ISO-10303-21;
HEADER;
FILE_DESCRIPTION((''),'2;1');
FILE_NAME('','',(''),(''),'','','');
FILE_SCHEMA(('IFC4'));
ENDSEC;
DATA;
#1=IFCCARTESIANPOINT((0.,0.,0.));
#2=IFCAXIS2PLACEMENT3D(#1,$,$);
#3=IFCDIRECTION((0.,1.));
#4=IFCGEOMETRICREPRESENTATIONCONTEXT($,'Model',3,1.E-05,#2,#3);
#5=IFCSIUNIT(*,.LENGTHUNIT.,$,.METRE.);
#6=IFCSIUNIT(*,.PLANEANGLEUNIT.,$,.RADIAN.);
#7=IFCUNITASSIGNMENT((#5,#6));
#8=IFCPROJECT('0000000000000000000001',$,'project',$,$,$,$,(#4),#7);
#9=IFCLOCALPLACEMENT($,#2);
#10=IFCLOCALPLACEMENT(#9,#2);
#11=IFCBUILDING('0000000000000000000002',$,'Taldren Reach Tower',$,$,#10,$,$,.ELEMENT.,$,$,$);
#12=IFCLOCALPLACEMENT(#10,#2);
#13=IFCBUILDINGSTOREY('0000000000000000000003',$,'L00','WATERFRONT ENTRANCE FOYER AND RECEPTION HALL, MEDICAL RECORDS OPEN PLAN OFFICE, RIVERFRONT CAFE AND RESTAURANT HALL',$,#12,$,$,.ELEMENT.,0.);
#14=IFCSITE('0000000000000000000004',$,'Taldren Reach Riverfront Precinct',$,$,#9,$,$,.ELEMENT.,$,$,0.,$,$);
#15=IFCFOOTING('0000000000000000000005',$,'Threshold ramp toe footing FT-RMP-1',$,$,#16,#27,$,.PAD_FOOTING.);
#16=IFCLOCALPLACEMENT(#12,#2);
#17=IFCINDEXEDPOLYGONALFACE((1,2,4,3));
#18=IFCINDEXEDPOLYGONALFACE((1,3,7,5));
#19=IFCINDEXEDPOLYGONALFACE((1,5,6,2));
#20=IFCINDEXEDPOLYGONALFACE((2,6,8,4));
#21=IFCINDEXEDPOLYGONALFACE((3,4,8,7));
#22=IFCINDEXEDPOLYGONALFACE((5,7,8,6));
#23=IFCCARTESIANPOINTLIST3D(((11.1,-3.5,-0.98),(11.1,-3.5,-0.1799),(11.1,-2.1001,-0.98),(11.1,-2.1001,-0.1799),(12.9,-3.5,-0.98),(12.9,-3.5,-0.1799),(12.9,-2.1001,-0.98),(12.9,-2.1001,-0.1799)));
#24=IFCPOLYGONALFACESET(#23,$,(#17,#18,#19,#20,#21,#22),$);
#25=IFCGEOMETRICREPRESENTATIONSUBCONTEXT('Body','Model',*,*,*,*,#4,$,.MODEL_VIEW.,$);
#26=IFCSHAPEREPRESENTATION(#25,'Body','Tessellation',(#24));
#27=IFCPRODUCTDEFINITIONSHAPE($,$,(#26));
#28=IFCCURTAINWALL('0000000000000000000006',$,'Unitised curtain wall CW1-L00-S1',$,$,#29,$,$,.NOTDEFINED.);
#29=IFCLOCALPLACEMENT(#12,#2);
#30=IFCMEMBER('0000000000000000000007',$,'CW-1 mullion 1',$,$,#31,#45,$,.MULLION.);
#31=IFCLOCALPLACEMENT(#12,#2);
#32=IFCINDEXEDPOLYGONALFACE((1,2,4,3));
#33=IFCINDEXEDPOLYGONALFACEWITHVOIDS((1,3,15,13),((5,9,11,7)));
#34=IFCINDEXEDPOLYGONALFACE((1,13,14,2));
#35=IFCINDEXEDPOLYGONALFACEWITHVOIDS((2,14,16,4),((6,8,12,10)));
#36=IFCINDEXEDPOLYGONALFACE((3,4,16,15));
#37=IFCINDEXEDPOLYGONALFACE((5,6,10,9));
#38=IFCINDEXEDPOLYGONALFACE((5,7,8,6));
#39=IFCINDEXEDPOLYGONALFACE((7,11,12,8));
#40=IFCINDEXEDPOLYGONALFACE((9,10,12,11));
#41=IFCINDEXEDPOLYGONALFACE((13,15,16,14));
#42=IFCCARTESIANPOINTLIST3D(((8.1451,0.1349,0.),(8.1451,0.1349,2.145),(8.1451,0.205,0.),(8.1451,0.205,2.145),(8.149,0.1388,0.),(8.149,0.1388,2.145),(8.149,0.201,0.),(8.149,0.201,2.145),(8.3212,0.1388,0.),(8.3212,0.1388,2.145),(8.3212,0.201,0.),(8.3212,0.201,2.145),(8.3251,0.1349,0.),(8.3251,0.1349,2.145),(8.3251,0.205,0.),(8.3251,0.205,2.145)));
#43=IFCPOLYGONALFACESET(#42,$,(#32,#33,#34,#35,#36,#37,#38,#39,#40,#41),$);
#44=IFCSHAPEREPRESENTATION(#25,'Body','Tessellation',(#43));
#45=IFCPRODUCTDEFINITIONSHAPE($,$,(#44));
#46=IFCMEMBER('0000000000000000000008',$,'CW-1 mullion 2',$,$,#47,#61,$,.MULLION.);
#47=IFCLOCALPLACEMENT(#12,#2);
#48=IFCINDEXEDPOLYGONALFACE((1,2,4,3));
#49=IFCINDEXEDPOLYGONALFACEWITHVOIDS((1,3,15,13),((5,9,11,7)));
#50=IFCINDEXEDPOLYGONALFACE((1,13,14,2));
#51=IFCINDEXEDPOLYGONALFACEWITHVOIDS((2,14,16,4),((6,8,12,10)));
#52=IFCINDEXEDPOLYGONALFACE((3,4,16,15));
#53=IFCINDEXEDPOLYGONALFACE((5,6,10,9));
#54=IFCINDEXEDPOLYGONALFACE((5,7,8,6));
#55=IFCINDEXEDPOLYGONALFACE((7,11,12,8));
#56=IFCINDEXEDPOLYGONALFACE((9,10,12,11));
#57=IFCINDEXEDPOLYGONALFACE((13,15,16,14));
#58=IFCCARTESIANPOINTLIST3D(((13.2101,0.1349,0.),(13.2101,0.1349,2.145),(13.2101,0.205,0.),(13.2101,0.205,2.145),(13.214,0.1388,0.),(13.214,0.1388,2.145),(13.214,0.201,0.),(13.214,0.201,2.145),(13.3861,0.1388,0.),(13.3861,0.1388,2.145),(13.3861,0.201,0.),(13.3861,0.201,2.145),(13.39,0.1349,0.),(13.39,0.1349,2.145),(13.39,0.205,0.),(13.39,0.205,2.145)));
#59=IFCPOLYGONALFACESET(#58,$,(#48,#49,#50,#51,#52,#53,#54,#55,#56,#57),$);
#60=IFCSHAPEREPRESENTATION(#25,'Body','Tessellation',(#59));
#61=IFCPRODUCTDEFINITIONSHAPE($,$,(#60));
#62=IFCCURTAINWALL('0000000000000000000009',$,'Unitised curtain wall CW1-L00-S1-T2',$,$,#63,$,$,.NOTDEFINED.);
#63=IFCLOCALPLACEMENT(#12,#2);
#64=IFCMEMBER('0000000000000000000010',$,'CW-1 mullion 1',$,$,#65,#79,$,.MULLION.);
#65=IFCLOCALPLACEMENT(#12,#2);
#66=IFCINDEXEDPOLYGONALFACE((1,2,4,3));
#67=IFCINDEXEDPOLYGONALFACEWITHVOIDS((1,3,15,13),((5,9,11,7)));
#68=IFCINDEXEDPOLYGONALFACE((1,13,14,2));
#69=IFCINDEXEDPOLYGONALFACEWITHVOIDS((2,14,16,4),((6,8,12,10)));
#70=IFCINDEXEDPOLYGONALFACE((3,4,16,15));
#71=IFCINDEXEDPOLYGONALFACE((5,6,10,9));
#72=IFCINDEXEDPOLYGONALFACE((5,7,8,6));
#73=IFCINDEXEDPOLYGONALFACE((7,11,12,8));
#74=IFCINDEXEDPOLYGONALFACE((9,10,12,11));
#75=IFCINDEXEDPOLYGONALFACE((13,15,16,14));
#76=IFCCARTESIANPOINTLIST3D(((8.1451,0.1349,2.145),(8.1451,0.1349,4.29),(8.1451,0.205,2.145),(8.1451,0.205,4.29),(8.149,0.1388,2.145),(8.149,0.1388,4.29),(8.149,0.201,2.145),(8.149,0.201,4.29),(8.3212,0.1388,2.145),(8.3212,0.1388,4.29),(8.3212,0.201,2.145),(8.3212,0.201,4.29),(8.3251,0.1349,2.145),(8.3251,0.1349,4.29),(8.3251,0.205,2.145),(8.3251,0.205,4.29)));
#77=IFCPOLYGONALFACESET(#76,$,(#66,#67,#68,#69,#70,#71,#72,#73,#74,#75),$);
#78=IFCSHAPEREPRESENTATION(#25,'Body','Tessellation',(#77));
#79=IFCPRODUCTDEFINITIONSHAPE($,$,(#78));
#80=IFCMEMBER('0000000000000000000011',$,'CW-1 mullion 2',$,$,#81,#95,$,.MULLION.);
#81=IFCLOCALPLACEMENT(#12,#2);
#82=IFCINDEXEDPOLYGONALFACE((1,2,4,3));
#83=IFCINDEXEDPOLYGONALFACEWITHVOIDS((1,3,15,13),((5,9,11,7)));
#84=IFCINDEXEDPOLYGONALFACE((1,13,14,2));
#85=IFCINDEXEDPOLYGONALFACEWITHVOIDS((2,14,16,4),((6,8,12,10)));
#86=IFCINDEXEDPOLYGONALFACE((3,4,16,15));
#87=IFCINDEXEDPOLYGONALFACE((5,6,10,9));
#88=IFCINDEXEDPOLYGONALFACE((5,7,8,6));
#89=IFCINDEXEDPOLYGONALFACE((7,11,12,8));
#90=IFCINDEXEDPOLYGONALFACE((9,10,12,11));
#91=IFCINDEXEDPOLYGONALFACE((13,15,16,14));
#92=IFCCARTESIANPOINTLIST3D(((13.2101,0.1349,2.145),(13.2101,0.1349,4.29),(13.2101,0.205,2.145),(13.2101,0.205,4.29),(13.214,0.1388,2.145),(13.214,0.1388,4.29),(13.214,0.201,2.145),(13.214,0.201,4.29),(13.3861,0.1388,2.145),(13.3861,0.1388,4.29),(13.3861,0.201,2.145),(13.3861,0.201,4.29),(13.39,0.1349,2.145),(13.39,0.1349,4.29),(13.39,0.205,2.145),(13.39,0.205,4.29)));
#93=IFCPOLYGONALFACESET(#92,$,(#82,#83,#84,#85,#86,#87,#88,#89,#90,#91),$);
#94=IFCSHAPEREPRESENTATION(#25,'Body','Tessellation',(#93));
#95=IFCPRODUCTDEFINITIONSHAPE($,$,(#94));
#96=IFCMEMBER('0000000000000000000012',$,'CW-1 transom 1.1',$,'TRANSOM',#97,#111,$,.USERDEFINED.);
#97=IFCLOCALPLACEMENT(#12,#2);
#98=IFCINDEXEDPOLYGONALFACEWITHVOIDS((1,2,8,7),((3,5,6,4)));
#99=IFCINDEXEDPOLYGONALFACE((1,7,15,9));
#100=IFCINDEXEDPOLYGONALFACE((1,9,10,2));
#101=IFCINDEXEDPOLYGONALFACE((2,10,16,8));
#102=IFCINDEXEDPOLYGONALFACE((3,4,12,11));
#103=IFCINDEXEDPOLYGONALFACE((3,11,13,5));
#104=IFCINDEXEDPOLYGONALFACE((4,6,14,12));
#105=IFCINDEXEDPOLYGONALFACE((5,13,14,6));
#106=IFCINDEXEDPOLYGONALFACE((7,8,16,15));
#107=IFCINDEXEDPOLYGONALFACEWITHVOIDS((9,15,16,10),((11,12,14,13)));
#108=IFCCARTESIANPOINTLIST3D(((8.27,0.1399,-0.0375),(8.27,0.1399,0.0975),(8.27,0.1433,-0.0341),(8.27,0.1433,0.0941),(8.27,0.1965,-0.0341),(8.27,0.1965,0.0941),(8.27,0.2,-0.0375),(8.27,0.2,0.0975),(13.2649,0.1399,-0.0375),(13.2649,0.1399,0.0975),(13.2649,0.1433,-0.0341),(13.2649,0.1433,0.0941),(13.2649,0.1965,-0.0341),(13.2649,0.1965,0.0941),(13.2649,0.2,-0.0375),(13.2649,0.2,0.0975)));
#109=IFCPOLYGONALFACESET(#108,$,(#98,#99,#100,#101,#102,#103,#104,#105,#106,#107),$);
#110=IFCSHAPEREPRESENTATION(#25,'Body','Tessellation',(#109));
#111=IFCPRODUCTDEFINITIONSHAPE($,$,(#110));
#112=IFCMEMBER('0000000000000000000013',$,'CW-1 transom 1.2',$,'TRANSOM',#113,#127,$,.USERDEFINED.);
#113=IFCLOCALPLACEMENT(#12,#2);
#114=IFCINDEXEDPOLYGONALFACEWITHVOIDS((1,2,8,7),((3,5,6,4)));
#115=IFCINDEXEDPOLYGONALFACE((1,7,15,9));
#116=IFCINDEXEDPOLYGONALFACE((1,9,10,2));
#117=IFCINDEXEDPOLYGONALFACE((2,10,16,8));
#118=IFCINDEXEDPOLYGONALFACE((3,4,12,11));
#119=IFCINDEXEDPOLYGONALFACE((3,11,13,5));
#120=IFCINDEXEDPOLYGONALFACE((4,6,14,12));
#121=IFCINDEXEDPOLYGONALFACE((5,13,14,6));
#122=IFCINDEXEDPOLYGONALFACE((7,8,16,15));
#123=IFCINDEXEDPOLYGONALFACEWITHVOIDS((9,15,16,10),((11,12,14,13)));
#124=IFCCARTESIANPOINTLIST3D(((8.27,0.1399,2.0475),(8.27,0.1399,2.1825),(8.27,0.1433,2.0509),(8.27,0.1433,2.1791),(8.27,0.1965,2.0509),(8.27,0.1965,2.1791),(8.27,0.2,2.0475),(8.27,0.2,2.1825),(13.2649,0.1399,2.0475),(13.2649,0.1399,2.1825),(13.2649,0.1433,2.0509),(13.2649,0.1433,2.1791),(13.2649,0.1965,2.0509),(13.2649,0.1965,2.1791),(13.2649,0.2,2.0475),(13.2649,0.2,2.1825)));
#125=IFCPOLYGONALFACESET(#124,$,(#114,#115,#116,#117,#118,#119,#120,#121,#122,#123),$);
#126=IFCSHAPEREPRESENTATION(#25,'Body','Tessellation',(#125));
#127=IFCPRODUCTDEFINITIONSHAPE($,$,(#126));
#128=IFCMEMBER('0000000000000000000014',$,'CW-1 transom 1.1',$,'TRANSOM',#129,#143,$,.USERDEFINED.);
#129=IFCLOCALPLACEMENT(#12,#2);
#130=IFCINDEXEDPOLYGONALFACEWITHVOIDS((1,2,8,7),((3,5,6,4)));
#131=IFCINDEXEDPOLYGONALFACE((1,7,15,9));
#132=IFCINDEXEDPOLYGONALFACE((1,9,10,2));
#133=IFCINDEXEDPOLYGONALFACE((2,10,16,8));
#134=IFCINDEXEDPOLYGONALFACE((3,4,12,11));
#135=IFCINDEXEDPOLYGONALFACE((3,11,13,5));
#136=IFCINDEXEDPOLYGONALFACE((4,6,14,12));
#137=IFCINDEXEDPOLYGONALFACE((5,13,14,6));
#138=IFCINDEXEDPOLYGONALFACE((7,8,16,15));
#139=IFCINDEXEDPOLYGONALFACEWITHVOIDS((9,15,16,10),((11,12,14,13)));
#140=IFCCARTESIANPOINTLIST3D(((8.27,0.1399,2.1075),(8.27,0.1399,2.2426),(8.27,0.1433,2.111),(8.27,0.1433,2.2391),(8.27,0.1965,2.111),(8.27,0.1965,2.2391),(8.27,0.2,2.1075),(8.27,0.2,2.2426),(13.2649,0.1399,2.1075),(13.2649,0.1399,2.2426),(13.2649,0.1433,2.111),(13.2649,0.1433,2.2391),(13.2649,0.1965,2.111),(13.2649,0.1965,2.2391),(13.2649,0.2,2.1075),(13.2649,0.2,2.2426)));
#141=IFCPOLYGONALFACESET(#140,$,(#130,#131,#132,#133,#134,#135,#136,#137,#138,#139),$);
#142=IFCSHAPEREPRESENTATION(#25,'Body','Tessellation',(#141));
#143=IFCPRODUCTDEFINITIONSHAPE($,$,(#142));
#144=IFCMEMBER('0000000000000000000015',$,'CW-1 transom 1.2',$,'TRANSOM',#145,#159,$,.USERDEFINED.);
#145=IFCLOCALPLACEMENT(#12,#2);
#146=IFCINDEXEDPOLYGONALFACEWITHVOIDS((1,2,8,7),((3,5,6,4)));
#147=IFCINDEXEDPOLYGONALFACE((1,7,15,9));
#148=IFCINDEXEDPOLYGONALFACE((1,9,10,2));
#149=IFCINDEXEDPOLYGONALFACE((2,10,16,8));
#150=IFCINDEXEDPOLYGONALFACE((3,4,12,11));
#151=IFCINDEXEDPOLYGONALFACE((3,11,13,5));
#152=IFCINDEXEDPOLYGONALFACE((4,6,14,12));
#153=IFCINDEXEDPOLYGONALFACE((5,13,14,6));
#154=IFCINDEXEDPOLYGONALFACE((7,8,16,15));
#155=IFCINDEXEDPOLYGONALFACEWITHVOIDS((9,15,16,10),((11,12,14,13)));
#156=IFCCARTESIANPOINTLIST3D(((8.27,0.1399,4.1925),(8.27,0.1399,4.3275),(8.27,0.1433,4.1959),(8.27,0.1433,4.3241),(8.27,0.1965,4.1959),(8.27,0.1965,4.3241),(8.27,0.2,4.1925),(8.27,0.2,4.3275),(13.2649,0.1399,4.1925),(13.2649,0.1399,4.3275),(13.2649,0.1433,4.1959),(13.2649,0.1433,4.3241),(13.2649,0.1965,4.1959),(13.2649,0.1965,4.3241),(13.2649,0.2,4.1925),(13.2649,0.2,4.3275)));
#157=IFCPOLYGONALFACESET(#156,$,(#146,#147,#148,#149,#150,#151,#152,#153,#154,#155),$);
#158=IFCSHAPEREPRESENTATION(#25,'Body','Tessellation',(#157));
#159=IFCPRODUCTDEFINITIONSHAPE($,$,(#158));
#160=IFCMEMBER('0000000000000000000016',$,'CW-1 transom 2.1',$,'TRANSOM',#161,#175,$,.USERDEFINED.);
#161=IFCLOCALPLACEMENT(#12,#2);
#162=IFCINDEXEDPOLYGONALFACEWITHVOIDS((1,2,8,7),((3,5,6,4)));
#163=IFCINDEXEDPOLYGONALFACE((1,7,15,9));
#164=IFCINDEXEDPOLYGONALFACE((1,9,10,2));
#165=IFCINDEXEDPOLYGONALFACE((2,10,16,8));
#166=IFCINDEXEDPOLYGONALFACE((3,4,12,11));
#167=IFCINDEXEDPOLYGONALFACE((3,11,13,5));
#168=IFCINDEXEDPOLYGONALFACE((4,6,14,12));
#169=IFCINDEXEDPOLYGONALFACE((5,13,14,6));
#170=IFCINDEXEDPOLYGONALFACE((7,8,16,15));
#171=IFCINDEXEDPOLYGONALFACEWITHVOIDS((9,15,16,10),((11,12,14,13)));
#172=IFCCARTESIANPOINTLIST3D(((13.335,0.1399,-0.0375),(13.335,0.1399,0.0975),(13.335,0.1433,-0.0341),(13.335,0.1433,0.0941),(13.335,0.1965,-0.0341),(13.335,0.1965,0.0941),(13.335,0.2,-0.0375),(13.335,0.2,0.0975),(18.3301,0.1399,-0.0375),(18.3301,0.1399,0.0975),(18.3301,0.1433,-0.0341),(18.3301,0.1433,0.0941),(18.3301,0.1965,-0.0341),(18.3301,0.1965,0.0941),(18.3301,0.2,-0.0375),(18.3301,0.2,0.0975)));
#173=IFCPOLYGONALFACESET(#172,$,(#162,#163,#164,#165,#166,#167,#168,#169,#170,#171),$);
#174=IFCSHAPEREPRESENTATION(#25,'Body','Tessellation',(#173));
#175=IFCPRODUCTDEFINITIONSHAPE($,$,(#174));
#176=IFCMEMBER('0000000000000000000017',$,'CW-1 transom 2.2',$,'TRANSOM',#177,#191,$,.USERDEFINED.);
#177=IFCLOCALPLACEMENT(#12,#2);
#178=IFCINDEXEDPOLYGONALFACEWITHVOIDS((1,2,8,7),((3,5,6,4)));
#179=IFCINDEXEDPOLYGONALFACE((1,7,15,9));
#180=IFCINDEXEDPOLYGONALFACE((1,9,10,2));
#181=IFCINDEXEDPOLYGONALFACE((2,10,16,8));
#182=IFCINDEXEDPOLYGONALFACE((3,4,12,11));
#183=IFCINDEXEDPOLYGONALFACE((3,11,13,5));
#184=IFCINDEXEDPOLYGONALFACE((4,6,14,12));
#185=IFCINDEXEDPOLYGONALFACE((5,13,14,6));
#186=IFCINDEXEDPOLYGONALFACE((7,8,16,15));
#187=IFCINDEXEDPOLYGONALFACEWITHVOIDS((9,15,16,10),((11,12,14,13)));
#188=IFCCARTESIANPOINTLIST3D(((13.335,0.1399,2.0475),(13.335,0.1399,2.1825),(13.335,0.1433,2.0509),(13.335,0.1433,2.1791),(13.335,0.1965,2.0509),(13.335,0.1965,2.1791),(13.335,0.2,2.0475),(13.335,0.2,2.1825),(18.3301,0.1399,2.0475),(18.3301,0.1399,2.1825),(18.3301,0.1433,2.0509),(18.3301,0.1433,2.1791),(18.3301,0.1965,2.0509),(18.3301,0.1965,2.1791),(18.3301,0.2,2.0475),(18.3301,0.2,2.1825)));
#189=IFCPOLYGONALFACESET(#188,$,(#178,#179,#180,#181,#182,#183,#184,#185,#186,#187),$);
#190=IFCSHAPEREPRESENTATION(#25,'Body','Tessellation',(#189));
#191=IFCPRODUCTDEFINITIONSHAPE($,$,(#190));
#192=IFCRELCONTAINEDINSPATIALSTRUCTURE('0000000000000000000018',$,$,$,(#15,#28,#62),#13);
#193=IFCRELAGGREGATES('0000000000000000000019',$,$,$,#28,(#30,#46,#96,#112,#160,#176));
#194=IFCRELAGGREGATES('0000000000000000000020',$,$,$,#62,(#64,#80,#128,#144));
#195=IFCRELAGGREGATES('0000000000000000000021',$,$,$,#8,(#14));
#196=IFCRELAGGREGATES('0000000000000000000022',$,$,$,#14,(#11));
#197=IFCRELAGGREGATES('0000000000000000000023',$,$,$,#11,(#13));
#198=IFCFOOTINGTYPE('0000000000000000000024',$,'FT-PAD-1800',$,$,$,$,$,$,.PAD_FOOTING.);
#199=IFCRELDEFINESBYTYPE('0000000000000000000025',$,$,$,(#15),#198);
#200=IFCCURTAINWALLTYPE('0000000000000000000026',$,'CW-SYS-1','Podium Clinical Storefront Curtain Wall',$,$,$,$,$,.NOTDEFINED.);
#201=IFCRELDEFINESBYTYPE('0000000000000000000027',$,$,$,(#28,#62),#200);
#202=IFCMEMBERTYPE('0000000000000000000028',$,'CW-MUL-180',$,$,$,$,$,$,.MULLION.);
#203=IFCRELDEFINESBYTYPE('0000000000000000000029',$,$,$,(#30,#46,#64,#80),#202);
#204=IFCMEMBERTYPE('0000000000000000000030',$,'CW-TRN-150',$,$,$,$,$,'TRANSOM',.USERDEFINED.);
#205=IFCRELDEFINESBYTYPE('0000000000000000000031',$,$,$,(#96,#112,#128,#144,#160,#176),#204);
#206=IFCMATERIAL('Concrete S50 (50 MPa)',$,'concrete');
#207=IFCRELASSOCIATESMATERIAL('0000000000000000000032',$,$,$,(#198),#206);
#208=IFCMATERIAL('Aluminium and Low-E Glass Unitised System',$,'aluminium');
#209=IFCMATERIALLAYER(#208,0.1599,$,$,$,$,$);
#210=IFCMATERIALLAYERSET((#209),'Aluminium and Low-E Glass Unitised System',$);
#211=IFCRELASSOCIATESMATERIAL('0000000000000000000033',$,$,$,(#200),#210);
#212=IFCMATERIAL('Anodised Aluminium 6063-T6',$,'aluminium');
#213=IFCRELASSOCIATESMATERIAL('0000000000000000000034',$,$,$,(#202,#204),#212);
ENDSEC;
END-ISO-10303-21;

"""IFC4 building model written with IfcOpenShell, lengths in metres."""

from ifc_helpers import new_model, si_unit, direction, frame, origin, origin_2d, place, context, subcontext, project, spatial, rectangle, hollow_rectangle, extrude, source, transform, mapped, material, layer, layer_set, material_profile, profile_set, type_object, element, aggregate, save


model = new_model("IFC4")

# Units and contexts
model_context = context("Model", 3, precision=1e-05, world=origin(), true_north=direction((0.0, 1.0)))
body_context = subcontext(model_context, "Body", "Model", "MODEL_VIEW")
ifc_project = project(units=[si_unit("LENGTHUNIT", "METRE"), si_unit("PLANEANGLEUNIT", "RADIAN")], contexts=[model_context])

# Site, building, storey
site_placement = place(None, origin())
site = spatial("IfcSite", under=ifc_project, at=site_placement, Name="Taldren Reach Riverfront Precinct", CompositionType="ELEMENT", RefElevation=0.0)
building_placement = place(site_placement, origin())
building = spatial("IfcBuilding", under=site, at=building_placement, Name="Taldren Reach Tower", CompositionType="ELEMENT")
storey_placement = place(building_placement, origin())
storey = spatial("IfcBuildingStorey", under=building, at=storey_placement, Name="L00", Description="WATERFRONT ENTRANCE FOYER AND RECEPTION HALL, MEDICAL RECORDS OPEN PLAN OFFICE, RIVERFRONT CAFE AND RESTAURANT HALL", CompositionType="ELEMENT", Elevation=0.0)

# Footing
ifc_material_1 = material(Name="Concrete S50 (50 MPa)", Category="concrete")
footing_type = type_object("IfcFootingType", Name="FT-PAD-1800", PredefinedType="PAD_FOOTING", material=ifc_material_1)
shared_shape_1 = source(origin(), body_context, "Body", "SweptSolid", [
    extrude(rectangle(XDim=1.8, YDim=1.3999, at=origin_2d()), origin(), (0.0, 0.0, 1.0), 0.8),
])
footing_placement = place(storey_placement, frame((12.0, -2.8, -0.98), z_axis=(0.0, 0.0, 1.0), x_axis=(1.0, 0.0, 0.0)))
element("IfcFooting", 1, at=footing_placement, inside=storey, type_object=footing_type, Name="Threshold ramp toe footing FT-RMP-1", PredefinedType="PAD_FOOTING", context=body_context, shape_type="MappedRepresentation", body=[
    mapped(shared_shape_1, transform((0.0, 0.0, 0.0), scale=1.0)),
])

# Curtain walls, members
ifc_material_2 = material(Name="Aluminium and Low-E Glass Unitised System", Category="aluminium")
ifc_layer_1 = layer(ifc_material_2, 0.1599)
ifc_layer_set_1 = layer_set([ifc_layer_1], Name="Aluminium and Low-E Glass Unitised System")
curtain_wall_type = type_object("IfcCurtainWallType", Name="CW-SYS-1", Description="Podium Clinical Storefront Curtain Wall", PredefinedType="NOTDEFINED", material=ifc_layer_set_1)
curtain_wall_1_placement = place(storey_placement, origin())
curtain_wall_1 = element("IfcCurtainWall", 2, at=curtain_wall_1_placement, inside=storey, type_object=curtain_wall_type, Name="Unitised curtain wall CW1-L00-S1", PredefinedType="NOTDEFINED")
ifc_material_3 = material(Name="Anodised Aluminium 6063-T6", Category="aluminium")
ifc_material_profile_1 = material_profile(ifc_material_3, hollow_rectangle(XDim=0.0701, YDim=0.1799, WallThickness=0.0039, at=origin_2d()), Name="ALU-180x70x4RHS")
ifc_profile_set_1 = profile_set([ifc_material_profile_1], Name="Anodised Aluminium 6063-T6")
member_type_1 = type_object("IfcMemberType", Name="CW-MUL-180", PredefinedType="MULLION", material=ifc_profile_set_1)
shared_shape_2 = source(origin(), body_context, "Body", "SweptSolid", [
    extrude(hollow_rectangle(XDim=0.0701, YDim=0.1799, WallThickness=0.0039, at=origin_2d()), origin(), (0.0, 0.0, 1.0), 2.145),
])
member_1_placement = place(storey_placement, frame((8.2351, 0.1699, 0.0), z_axis=(0.0, 0.0, 1.0), x_axis=(0.0, 1.0, 0.0)))
member_1 = element("IfcMember", 3, at=member_1_placement, type_object=member_type_1, Name="CW-1 mullion 1", PredefinedType="MULLION", context=body_context, shape_type="MappedRepresentation", body=[
    mapped(shared_shape_2, transform((0.0, 0.0, 0.0), scale=1.0)),
])
member_2_placement = place(storey_placement, frame((13.3, 0.1699, 0.0), z_axis=(0.0, 0.0, 1.0), x_axis=(0.0, 1.0, 0.0)))
member_2 = element("IfcMember", 4, at=member_2_placement, type_object=member_type_1, Name="CW-1 mullion 2", PredefinedType="MULLION", context=body_context, shape_type="MappedRepresentation", body=[
    mapped(shared_shape_2, transform((0.0, 0.0, 0.0), scale=1.0)),
])
curtain_wall_2_placement = place(storey_placement, origin())
curtain_wall_2 = element("IfcCurtainWall", 5, at=curtain_wall_2_placement, inside=storey, type_object=curtain_wall_type, Name="Unitised curtain wall CW1-L00-S1-T2", PredefinedType="NOTDEFINED")
member_3_placement = place(storey_placement, frame((8.2351, 0.1699, 2.145), z_axis=(0.0, 0.0, 1.0), x_axis=(0.0, 1.0, 0.0)))
member_3 = element("IfcMember", 6, at=member_3_placement, type_object=member_type_1, Name="CW-1 mullion 1", PredefinedType="MULLION", context=body_context, shape_type="MappedRepresentation", body=[
    mapped(shared_shape_2, transform((0.0, 0.0, 0.0), scale=1.0)),
])
member_4_placement = place(storey_placement, frame((13.3, 0.1699, 2.145), z_axis=(0.0, 0.0, 1.0), x_axis=(0.0, 1.0, 0.0)))
member_4 = element("IfcMember", 7, at=member_4_placement, type_object=member_type_1, Name="CW-1 mullion 2", PredefinedType="MULLION", context=body_context, shape_type="MappedRepresentation", body=[
    mapped(shared_shape_2, transform((0.0, 0.0, 0.0), scale=1.0)),
])

# Members
ifc_material_profile_2 = material_profile(ifc_material_3, hollow_rectangle(XDim=0.0601, YDim=0.135, WallThickness=0.0034, at=origin_2d()), Name="ALU-135x60x3.5RHS")
ifc_profile_set_2 = profile_set([ifc_material_profile_2], Name="Anodised Aluminium 6063-T6")
member_type_2 = type_object("IfcMemberType", Name="CW-TRN-150", ElementType="TRANSOM", PredefinedType="USERDEFINED", material=ifc_profile_set_2)
shared_shape_3 = source(origin(), body_context, "Body", "SweptSolid", [
    extrude(hollow_rectangle(XDim=0.0601, YDim=0.135, WallThickness=0.0034, at=origin_2d()), origin(), (0.0, 0.0, 1.0), 4.9949),
])
member_5_placement = place(storey_placement, frame((8.27, 0.1699, 0.03), z_axis=(1.0, 0.0, 0.0), x_axis=(0.0, 1.0, 0.0)))
member_5 = element("IfcMember", 8, at=member_5_placement, type_object=member_type_2, Name="CW-1 transom 1.1", ObjectType="TRANSOM", PredefinedType="USERDEFINED", context=body_context, shape_type="MappedRepresentation", body=[
    mapped(shared_shape_3, transform((0.0, 0.0, 0.0), scale=1.0)),
])
member_6_placement = place(storey_placement, frame((8.27, 0.1699, 2.115), z_axis=(1.0, 0.0, 0.0), x_axis=(0.0, 1.0, 0.0)))
member_6 = element("IfcMember", 9, at=member_6_placement, type_object=member_type_2, Name="CW-1 transom 1.2", ObjectType="TRANSOM", PredefinedType="USERDEFINED", context=body_context, shape_type="MappedRepresentation", body=[
    mapped(shared_shape_3, transform((0.0, 0.0, 0.0), scale=1.0)),
])
member_7_placement = place(storey_placement, frame((8.27, 0.1699, 2.175), z_axis=(1.0, 0.0, 0.0), x_axis=(0.0, 1.0, 0.0)))
member_7 = element("IfcMember", 10, at=member_7_placement, type_object=member_type_2, Name="CW-1 transom 1.1", ObjectType="TRANSOM", PredefinedType="USERDEFINED", context=body_context, shape_type="MappedRepresentation", body=[
    mapped(shared_shape_3, transform((0.0, 0.0, 0.0), scale=1.0)),
])
member_8_placement = place(storey_placement, frame((8.27, 0.1699, 4.26), z_axis=(1.0, 0.0, 0.0), x_axis=(0.0, 1.0, 0.0)))
member_8 = element("IfcMember", 11, at=member_8_placement, type_object=member_type_2, Name="CW-1 transom 1.2", ObjectType="TRANSOM", PredefinedType="USERDEFINED", context=body_context, shape_type="MappedRepresentation", body=[
    mapped(shared_shape_3, transform((0.0, 0.0, 0.0), scale=1.0)),
])
shared_shape_4 = source(origin(), body_context, "Body", "SweptSolid", [
    extrude(hollow_rectangle(XDim=0.0601, YDim=0.135, WallThickness=0.0034, at=origin_2d()), origin(), (0.0, 0.0, 1.0), 4.9951),
])
member_9_placement = place(storey_placement, frame((13.335, 0.1699, 0.03), z_axis=(1.0, 0.0, 0.0), x_axis=(0.0, 1.0, 0.0)))
member_9 = element("IfcMember", 12, at=member_9_placement, type_object=member_type_2, Name="CW-1 transom 2.1", ObjectType="TRANSOM", PredefinedType="USERDEFINED", context=body_context, shape_type="MappedRepresentation", body=[
    mapped(shared_shape_4, transform((0.0, 0.0, 0.0), scale=1.0)),
])
member_10_placement = place(storey_placement, frame((13.335, 0.1699, 2.115), z_axis=(1.0, 0.0, 0.0), x_axis=(0.0, 1.0, 0.0)))
member_10 = element("IfcMember", 13, at=member_10_placement, type_object=member_type_2, Name="CW-1 transom 2.2", ObjectType="TRANSOM", PredefinedType="USERDEFINED", context=body_context, shape_type="MappedRepresentation", body=[
    mapped(shared_shape_4, transform((0.0, 0.0, 0.0), scale=1.0)),
])

aggregate(curtain_wall_1, [member_1, member_2, member_5, member_6, member_9, member_10])
aggregate(curtain_wall_2, [member_3, member_4, member_7, member_8])

save(model, "model.ifc")
